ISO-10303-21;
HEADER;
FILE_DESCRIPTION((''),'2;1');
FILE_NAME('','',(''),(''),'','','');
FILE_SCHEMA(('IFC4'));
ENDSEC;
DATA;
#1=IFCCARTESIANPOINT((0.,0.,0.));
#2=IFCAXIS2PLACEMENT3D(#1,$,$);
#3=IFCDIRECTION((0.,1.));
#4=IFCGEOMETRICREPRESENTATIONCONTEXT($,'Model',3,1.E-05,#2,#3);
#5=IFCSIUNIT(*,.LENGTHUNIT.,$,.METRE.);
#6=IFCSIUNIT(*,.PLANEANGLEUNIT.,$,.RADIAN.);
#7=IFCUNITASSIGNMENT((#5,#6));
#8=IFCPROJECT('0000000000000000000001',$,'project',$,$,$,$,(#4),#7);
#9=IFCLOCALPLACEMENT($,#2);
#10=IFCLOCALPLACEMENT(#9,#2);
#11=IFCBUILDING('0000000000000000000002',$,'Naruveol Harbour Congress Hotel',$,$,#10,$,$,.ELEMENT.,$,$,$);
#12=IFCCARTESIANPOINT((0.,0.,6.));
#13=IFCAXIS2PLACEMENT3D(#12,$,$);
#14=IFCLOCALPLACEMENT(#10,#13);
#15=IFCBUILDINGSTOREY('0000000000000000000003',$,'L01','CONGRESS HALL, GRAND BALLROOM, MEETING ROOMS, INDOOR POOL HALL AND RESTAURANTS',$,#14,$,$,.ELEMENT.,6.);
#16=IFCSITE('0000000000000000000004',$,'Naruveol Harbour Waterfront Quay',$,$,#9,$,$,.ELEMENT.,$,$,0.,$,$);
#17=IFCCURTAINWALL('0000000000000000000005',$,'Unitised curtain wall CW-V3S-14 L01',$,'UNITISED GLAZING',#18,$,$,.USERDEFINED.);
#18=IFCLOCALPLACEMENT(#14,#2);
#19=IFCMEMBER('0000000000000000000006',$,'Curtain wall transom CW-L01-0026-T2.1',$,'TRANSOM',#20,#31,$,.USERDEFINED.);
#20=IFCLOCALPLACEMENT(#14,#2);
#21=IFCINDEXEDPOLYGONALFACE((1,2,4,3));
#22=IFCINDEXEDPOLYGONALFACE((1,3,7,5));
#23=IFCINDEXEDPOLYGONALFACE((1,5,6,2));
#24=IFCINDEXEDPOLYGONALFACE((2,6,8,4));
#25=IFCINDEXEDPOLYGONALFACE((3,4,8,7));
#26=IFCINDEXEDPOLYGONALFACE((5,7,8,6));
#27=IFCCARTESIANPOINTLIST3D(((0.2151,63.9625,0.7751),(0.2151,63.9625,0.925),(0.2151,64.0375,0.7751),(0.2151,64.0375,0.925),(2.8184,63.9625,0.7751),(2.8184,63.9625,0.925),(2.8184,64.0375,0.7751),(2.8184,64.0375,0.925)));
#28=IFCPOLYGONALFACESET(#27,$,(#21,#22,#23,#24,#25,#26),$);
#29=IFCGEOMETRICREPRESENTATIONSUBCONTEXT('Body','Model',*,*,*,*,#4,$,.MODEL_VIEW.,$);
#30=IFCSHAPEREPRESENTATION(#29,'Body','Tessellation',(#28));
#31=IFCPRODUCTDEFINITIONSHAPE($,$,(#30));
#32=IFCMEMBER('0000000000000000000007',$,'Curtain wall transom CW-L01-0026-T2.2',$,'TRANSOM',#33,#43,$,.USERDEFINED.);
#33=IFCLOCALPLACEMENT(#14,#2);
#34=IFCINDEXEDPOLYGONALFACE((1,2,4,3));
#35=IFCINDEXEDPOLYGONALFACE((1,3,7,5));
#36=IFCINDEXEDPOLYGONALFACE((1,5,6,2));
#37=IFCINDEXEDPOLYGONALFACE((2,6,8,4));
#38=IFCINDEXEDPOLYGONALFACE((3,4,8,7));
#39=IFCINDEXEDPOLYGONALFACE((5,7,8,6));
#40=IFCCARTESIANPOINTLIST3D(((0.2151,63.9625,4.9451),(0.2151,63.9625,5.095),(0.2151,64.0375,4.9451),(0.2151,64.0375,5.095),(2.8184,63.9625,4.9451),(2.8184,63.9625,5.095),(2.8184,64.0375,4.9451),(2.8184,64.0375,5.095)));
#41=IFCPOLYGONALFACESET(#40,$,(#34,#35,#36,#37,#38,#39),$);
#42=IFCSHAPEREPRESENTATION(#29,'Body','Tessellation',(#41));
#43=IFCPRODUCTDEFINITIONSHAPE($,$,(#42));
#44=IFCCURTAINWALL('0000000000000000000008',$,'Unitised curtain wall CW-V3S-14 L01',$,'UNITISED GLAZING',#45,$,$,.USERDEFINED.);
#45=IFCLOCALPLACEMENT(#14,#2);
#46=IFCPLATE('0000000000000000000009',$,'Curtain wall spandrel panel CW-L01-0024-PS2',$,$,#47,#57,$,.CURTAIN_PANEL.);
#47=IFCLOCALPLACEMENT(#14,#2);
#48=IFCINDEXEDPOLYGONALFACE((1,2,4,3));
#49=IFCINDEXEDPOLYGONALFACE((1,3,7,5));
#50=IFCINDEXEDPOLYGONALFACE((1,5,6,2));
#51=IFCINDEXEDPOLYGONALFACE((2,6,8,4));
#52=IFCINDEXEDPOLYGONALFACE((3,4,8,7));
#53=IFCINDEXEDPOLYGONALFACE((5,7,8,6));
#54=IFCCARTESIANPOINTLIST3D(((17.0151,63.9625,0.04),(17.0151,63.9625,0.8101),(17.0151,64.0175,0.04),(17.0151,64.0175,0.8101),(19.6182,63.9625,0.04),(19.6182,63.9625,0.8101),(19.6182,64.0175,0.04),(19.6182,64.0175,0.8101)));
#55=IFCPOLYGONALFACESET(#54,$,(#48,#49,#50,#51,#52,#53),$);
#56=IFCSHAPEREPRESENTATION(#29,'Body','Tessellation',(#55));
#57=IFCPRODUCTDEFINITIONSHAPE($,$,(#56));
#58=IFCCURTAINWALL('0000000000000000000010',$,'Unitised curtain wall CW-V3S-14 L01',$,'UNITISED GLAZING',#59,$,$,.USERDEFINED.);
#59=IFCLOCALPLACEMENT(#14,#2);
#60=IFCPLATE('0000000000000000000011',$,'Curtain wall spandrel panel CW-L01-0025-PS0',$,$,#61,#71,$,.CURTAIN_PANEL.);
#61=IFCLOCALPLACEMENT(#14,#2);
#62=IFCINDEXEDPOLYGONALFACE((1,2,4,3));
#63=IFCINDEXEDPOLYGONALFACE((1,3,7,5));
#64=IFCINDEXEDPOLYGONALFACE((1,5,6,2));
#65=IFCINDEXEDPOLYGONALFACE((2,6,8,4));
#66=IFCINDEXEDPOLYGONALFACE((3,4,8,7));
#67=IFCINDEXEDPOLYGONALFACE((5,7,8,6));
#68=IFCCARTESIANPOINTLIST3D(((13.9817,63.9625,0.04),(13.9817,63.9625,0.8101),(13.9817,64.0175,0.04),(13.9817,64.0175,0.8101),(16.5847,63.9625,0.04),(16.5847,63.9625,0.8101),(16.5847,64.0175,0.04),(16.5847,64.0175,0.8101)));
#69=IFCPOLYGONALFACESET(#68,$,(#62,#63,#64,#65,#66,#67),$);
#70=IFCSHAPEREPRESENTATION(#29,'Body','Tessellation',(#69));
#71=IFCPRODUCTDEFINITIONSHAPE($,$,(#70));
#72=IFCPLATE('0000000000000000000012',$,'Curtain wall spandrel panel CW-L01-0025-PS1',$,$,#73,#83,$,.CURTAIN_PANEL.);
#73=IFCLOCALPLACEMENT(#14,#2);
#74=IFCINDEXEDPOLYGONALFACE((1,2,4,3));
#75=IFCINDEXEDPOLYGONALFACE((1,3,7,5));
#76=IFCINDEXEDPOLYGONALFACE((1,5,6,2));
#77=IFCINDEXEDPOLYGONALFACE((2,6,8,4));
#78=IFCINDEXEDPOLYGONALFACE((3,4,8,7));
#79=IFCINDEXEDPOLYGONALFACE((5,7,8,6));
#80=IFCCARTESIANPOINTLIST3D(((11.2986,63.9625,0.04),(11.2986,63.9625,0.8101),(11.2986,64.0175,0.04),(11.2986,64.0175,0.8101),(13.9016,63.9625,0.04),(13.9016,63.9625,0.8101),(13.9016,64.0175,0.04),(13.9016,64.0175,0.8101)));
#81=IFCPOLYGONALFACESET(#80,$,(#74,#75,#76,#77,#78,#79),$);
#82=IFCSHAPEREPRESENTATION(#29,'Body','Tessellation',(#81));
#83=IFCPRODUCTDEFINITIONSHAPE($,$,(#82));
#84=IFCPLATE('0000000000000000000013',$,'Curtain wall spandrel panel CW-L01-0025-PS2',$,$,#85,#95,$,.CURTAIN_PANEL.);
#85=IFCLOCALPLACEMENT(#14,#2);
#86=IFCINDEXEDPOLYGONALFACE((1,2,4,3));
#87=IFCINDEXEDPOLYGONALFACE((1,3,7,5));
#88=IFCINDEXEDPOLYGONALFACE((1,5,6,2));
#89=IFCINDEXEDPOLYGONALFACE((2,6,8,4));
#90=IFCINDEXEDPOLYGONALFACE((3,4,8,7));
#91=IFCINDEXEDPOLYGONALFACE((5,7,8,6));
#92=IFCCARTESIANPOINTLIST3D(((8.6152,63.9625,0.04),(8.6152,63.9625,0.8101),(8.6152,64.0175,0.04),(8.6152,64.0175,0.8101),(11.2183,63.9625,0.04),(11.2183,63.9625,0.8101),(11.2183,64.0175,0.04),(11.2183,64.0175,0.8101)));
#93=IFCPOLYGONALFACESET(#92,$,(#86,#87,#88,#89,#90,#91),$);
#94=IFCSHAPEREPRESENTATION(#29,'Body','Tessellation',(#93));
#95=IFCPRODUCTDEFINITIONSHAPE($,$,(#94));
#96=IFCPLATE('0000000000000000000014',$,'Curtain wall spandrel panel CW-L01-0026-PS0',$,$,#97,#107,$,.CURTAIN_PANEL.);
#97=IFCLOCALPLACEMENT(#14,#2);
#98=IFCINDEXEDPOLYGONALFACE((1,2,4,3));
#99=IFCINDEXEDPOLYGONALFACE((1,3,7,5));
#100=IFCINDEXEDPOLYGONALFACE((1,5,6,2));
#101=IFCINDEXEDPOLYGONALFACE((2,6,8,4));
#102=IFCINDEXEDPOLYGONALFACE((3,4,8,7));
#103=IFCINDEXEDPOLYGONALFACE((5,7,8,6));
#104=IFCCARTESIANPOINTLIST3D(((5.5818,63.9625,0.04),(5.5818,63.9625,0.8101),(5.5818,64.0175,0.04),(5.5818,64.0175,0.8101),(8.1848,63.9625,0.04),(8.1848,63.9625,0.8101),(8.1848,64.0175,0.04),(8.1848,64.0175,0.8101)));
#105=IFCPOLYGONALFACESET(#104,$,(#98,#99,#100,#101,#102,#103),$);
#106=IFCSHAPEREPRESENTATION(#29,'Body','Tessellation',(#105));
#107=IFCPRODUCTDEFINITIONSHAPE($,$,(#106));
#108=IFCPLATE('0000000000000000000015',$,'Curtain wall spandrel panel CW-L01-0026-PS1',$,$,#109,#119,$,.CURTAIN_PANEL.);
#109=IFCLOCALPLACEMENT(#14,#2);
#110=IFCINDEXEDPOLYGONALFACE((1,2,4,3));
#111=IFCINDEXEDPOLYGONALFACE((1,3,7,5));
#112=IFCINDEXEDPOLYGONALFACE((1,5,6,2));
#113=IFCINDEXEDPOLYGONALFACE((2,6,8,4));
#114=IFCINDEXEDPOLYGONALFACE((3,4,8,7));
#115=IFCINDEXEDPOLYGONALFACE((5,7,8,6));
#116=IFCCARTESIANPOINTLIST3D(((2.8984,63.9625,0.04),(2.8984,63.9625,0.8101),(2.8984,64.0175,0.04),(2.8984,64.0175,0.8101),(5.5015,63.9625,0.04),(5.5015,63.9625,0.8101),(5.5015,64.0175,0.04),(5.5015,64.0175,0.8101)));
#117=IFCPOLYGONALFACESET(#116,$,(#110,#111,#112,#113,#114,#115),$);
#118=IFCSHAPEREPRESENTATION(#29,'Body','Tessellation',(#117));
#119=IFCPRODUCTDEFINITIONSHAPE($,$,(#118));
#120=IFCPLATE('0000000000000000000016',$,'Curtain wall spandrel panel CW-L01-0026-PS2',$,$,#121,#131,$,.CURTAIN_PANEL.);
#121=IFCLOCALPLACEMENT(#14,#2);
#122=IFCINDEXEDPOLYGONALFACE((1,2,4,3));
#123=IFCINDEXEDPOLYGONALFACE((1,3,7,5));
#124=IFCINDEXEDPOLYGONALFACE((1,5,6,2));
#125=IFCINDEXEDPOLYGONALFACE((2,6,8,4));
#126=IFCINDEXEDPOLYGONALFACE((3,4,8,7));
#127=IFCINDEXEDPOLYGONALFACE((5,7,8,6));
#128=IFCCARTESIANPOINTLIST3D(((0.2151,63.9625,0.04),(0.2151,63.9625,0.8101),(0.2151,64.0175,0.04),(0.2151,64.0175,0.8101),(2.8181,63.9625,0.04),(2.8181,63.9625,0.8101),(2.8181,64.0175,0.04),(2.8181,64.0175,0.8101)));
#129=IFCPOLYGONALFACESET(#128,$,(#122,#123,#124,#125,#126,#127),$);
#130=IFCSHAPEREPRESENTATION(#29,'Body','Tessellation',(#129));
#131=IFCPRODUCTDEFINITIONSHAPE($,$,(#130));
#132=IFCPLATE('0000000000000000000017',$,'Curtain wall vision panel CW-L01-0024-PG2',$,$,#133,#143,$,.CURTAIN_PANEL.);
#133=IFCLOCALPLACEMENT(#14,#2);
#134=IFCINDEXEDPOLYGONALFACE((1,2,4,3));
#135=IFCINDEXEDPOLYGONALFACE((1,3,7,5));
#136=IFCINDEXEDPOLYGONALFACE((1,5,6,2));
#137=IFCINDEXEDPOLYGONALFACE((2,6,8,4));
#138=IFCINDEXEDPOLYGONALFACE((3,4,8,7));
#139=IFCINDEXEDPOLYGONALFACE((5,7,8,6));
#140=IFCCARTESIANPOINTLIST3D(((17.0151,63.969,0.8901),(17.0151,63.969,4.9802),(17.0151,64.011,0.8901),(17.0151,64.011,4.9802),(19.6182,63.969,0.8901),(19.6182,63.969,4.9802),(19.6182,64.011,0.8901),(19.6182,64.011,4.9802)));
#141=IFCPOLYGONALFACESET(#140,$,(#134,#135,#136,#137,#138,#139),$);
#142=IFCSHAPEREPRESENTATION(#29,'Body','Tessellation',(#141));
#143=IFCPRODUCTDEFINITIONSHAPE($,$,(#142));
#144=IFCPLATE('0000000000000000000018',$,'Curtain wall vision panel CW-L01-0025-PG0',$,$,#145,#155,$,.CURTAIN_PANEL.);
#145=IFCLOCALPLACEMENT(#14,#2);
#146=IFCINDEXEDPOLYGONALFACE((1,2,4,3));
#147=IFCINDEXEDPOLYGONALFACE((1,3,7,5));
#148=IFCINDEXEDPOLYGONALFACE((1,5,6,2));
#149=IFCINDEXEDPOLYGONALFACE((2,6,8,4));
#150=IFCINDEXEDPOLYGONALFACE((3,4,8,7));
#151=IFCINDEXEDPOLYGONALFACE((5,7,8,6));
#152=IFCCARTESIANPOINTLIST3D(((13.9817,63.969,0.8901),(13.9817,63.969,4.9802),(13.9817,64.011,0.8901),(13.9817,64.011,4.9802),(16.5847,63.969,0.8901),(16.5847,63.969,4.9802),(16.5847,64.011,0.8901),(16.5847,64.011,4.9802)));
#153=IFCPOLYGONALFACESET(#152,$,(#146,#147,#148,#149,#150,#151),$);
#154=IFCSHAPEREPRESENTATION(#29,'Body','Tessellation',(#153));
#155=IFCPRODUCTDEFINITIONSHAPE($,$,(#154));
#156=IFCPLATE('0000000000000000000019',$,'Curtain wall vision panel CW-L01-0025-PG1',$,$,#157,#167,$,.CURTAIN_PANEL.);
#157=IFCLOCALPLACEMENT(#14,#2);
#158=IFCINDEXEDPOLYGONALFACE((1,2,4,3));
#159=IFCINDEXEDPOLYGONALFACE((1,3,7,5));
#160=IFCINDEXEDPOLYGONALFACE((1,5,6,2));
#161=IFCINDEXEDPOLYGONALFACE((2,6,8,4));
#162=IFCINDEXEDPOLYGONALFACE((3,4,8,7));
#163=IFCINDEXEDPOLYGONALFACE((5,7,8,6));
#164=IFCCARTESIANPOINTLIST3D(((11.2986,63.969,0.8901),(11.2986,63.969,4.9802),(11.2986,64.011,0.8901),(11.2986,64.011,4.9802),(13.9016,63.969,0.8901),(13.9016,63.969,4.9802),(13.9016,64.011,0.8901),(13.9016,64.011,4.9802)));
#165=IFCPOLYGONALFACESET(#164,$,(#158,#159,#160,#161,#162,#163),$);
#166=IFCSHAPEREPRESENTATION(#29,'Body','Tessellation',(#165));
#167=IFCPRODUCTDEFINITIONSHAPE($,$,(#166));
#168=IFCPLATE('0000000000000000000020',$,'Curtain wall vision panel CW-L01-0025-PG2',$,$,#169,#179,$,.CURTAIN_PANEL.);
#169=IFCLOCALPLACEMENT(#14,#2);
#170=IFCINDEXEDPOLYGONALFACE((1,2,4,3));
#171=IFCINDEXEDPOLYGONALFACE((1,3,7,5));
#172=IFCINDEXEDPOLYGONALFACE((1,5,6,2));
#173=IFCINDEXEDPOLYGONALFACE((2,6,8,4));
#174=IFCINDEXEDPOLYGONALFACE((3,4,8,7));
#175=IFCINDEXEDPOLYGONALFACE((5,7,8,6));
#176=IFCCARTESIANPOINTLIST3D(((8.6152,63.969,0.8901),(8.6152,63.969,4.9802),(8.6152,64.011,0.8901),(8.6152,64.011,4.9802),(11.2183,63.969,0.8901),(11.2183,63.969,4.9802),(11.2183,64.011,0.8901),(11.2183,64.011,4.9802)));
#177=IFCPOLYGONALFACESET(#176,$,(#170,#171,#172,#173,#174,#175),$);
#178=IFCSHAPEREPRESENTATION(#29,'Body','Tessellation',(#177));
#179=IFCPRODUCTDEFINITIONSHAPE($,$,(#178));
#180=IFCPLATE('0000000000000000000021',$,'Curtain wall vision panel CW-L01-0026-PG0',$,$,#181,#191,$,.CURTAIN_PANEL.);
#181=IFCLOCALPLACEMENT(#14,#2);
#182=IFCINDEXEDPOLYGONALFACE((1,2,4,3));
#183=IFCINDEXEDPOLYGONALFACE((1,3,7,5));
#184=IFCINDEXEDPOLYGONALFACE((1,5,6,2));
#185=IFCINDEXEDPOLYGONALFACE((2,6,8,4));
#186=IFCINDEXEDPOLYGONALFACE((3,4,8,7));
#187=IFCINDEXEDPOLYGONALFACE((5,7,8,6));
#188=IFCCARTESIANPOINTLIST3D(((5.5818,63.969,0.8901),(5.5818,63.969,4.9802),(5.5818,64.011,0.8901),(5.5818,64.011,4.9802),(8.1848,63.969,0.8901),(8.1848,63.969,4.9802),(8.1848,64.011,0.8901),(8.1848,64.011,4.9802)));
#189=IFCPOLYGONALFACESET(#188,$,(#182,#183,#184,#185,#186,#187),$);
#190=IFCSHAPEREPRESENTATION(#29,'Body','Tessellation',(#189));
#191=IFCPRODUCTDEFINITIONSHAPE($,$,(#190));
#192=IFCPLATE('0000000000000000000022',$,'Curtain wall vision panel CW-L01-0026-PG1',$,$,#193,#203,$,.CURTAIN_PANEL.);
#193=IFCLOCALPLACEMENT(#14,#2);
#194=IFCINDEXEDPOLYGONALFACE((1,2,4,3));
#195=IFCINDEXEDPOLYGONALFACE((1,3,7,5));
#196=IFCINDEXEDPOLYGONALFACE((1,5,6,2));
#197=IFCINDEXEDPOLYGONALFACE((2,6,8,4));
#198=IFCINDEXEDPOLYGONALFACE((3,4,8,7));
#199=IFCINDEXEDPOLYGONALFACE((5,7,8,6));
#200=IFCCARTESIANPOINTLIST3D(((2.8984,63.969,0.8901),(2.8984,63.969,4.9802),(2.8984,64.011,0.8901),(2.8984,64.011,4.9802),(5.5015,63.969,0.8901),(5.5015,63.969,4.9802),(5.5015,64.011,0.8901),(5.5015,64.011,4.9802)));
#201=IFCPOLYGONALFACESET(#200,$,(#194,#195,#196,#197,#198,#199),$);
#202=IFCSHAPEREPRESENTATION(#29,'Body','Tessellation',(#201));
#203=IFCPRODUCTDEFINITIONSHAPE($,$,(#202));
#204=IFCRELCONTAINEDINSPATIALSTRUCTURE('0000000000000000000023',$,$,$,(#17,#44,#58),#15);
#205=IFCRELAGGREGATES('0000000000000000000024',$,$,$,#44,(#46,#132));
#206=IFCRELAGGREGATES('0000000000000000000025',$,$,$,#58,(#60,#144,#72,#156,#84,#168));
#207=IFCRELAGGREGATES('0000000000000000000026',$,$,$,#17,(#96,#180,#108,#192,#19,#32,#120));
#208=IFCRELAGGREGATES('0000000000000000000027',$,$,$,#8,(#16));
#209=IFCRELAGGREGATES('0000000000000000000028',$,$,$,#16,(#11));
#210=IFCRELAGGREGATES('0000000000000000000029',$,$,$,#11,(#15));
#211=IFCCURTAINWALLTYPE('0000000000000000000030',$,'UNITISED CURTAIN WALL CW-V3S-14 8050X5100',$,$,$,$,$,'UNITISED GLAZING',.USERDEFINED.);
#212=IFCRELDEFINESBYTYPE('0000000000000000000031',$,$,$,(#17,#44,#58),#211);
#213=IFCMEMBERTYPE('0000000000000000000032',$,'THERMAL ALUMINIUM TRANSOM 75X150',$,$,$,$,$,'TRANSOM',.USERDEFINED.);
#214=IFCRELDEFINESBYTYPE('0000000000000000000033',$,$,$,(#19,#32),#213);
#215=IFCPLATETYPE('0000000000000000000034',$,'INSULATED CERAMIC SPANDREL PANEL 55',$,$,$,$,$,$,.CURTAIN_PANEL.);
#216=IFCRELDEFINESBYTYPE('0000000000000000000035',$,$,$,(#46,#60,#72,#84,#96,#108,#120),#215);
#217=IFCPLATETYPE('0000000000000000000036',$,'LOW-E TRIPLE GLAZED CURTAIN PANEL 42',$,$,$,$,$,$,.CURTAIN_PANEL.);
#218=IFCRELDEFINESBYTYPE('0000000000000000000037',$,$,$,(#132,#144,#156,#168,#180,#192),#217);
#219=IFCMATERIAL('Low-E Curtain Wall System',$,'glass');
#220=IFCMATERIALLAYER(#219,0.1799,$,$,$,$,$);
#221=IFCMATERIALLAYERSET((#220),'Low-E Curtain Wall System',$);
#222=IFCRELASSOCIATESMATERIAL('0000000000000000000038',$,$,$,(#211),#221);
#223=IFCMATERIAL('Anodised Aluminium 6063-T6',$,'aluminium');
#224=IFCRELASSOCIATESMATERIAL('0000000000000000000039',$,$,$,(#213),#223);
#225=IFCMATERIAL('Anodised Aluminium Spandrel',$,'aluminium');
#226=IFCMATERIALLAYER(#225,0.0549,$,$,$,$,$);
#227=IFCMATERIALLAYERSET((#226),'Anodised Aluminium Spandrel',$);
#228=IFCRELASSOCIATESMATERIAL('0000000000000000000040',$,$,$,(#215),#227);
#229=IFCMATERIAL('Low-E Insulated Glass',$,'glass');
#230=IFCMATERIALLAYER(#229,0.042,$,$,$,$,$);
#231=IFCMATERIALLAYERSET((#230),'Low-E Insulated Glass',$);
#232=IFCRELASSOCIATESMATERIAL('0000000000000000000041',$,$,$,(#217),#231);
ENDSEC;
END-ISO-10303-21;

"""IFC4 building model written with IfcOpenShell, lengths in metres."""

from ifc_helpers import new_model, si_unit, direction, frame, origin, origin_2d, place, context, subcontext, project, spatial, rectangle, extrude, material, layer, layer_set, material_profile, profile_set, type_object, element, aggregate, save


model = new_model("IFC4")

# Units and contexts
model_context = context("Model", 3, precision=1e-05, world=origin(), true_north=direction((0.0, 1.0)))
body_context = subcontext(model_context, "Body", "Model", "MODEL_VIEW")
ifc_project = project(units=[si_unit("LENGTHUNIT", "METRE"), si_unit("PLANEANGLEUNIT", "RADIAN")], contexts=[model_context])

# Site, building, storey
site_placement = place(None, origin())
site = spatial("IfcSite", under=ifc_project, at=site_placement, Name="Naruveol Harbour Waterfront Quay", CompositionType="ELEMENT", RefElevation=0.0)
building_placement = place(site_placement, origin())
building = spatial("IfcBuilding", under=site, at=building_placement, Name="Naruveol Harbour Congress Hotel", CompositionType="ELEMENT")
storey_placement = place(building_placement, frame((0.0, 0.0, 6.0)))
storey = spatial("IfcBuildingStorey", under=building, at=storey_placement, Name="L01", Description="CONGRESS HALL, GRAND BALLROOM, MEETING ROOMS, INDOOR POOL HALL AND RESTAURANTS", CompositionType="ELEMENT", Elevation=6.0)

# Curtain wall, members
ifc_material_1 = material(Name="Low-E Curtain Wall System", Category="glass")
ifc_layer_1 = layer(ifc_material_1, 0.1799)
ifc_layer_set_1 = layer_set([ifc_layer_1], Name="Low-E Curtain Wall System")
curtain_wall_type = type_object("IfcCurtainWallType", Name="UNITISED CURTAIN WALL CW-V3S-14 8050X5100", ElementType="UNITISED GLAZING", PredefinedType="USERDEFINED", material=ifc_layer_set_1)
curtain_wall_1_placement = place(storey_placement, origin())
curtain_wall_1 = element("IfcCurtainWall", 1, at=curtain_wall_1_placement, inside=storey, type_object=curtain_wall_type, Name="Unitised curtain wall CW-V3S-14 L01", ObjectType="UNITISED GLAZING", PredefinedType="USERDEFINED")
ifc_material_2 = material(Name="Anodised Aluminium 6063-T6", Category="aluminium")
ifc_material_profile_1 = material_profile(ifc_material_2, rectangle(XDim=0.075, YDim=0.1499, at=origin_2d()), Name="ALU-75x150")
ifc_profile_set_1 = profile_set([ifc_material_profile_1], Name="Anodised Aluminium 6063-T6")
member_type_1 = type_object("IfcMemberType", Name="THERMAL ALUMINIUM TRANSOM 75X150", ElementType="TRANSOM", PredefinedType="USERDEFINED", material=ifc_profile_set_1)
member_1_placement = place(storey_placement, frame((2.8184, 64.0, 0.8501), z_axis=(-1.0, 0.0, 0.0), x_axis=(0.0, -1.0, 0.0)))
member_1 = element("IfcMember", 2, at=member_1_placement, type_object=member_type_1, Name="Curtain wall transom CW-L01-0026-T2.1", ObjectType="TRANSOM", PredefinedType="USERDEFINED", context=body_context, shape_type="SweptSolid", body=[
    extrude(rectangle(XDim=0.075, YDim=0.1499, at=origin_2d()), origin(), (0.0, 0.0, 1.0), 2.6033),
])
member_2_placement = place(storey_placement, frame((2.8184, 64.0, 5.02), z_axis=(-1.0, 0.0, 0.0), x_axis=(0.0, -1.0, 0.0)))
member_2 = element("IfcMember", 3, at=member_2_placement, type_object=member_type_1, Name="Curtain wall transom CW-L01-0026-T2.2", ObjectType="TRANSOM", PredefinedType="USERDEFINED", context=body_context, shape_type="SweptSolid", body=[
    extrude(rectangle(XDim=0.075, YDim=0.1499, at=origin_2d()), origin(), (0.0, 0.0, 1.0), 2.6033),
])

# Curtain wall, plate
curtain_wall_2_placement = place(storey_placement, origin())
curtain_wall_2 = element("IfcCurtainWall", 4, at=curtain_wall_2_placement, inside=storey, type_object=curtain_wall_type, Name="Unitised curtain wall CW-V3S-14 L01", ObjectType="UNITISED GLAZING", PredefinedType="USERDEFINED")
ifc_material_3 = material(Name="Anodised Aluminium Spandrel", Category="aluminium")
ifc_layer_2 = layer(ifc_material_3, 0.0549)
ifc_layer_set_2 = layer_set([ifc_layer_2], Name="Anodised Aluminium Spandrel")
plate_type_1 = type_object("IfcPlateType", Name="INSULATED CERAMIC SPANDREL PANEL 55", PredefinedType="CURTAIN_PANEL", material=ifc_layer_set_2)
plate_1_placement = place(storey_placement, frame((18.3167, 63.99, 0.04), z_axis=(0.0, 0.0, 1.0), x_axis=(-1.0, 0.0, 0.0)))
plate_1 = element("IfcPlate", 5, at=plate_1_placement, type_object=plate_type_1, Name="Curtain wall spandrel panel CW-L01-0024-PS2", PredefinedType="CURTAIN_PANEL", context=body_context, shape_type="SweptSolid", body=[
    extrude(rectangle(XDim=2.603, YDim=0.0549, at=origin_2d()), origin(), (0.0, 0.0, 1.0), 0.77),
])

# Curtain wall, plates
curtain_wall_3_placement = place(storey_placement, origin())
curtain_wall_3 = element("IfcCurtainWall", 6, at=curtain_wall_3_placement, inside=storey, type_object=curtain_wall_type, Name="Unitised curtain wall CW-V3S-14 L01", ObjectType="UNITISED GLAZING", PredefinedType="USERDEFINED")
plate_2_placement = place(storey_placement, frame((15.2832, 63.99, 0.04), z_axis=(0.0, 0.0, 1.0), x_axis=(-1.0, 0.0, 0.0)))
plate_2 = element("IfcPlate", 7, at=plate_2_placement, type_object=plate_type_1, Name="Curtain wall spandrel panel CW-L01-0025-PS0", PredefinedType="CURTAIN_PANEL", context=body_context, shape_type="SweptSolid", body=[
    extrude(rectangle(XDim=2.603, YDim=0.0549, at=origin_2d()), origin(), (0.0, 0.0, 1.0), 0.77),
])
plate_3_placement = place(storey_placement, frame((12.6001, 63.99, 0.04), z_axis=(0.0, 0.0, 1.0), x_axis=(-1.0, 0.0, 0.0)))
plate_3 = element("IfcPlate", 8, at=plate_3_placement, type_object=plate_type_1, Name="Curtain wall spandrel panel CW-L01-0025-PS1", PredefinedType="CURTAIN_PANEL", context=body_context, shape_type="SweptSolid", body=[
    extrude(rectangle(XDim=2.603, YDim=0.0549, at=origin_2d()), origin(), (0.0, 0.0, 1.0), 0.77),
])
plate_4_placement = place(storey_placement, frame((9.9167, 63.99, 0.04), z_axis=(0.0, 0.0, 1.0), x_axis=(-1.0, 0.0, 0.0)))
plate_4 = element("IfcPlate", 9, at=plate_4_placement, type_object=plate_type_1, Name="Curtain wall spandrel panel CW-L01-0025-PS2", PredefinedType="CURTAIN_PANEL", context=body_context, shape_type="SweptSolid", body=[
    extrude(rectangle(XDim=2.603, YDim=0.0549, at=origin_2d()), origin(), (0.0, 0.0, 1.0), 0.77),
])

# Plates
plate_5_placement = place(storey_placement, frame((6.8833, 63.99, 0.04), z_axis=(0.0, 0.0, 1.0), x_axis=(-1.0, 0.0, 0.0)))
plate_5 = element("IfcPlate", 10, at=plate_5_placement, type_object=plate_type_1, Name="Curtain wall spandrel panel CW-L01-0026-PS0", PredefinedType="CURTAIN_PANEL", context=body_context, shape_type="SweptSolid", body=[
    extrude(rectangle(XDim=2.603, YDim=0.0549, at=origin_2d()), origin(), (0.0, 0.0, 1.0), 0.77),
])
plate_6_placement = place(storey_placement, frame((4.2, 63.99, 0.04), z_axis=(0.0, 0.0, 1.0), x_axis=(-1.0, 0.0, 0.0)))
plate_6 = element("IfcPlate", 11, at=plate_6_placement, type_object=plate_type_1, Name="Curtain wall spandrel panel CW-L01-0026-PS1", PredefinedType="CURTAIN_PANEL", context=body_context, shape_type="SweptSolid", body=[
    extrude(rectangle(XDim=2.603, YDim=0.0549, at=origin_2d()), origin(), (0.0, 0.0, 1.0), 0.77),
])
plate_7_placement = place(storey_placement, frame((1.5166, 63.99, 0.04), z_axis=(0.0, 0.0, 1.0), x_axis=(-1.0, 0.0, 0.0)))
plate_7 = element("IfcPlate", 12, at=plate_7_placement, type_object=plate_type_1, Name="Curtain wall spandrel panel CW-L01-0026-PS2", PredefinedType="CURTAIN_PANEL", context=body_context, shape_type="SweptSolid", body=[
    extrude(rectangle(XDim=2.603, YDim=0.0549, at=origin_2d()), origin(), (0.0, 0.0, 1.0), 0.77),
])
ifc_material_4 = material(Name="Low-E Insulated Glass", Category="glass")
ifc_layer_3 = layer(ifc_material_4, 0.042)
ifc_layer_set_3 = layer_set([ifc_layer_3], Name="Low-E Insulated Glass")
plate_type_2 = type_object("IfcPlateType", Name="LOW-E TRIPLE GLAZED CURTAIN PANEL 42", PredefinedType="CURTAIN_PANEL", material=ifc_layer_set_3)
plate_8_placement = place(storey_placement, frame((18.3167, 63.99, 0.8901), z_axis=(0.0, 0.0, 1.0), x_axis=(-1.0, 0.0, 0.0)))
plate_8 = element("IfcPlate", 13, at=plate_8_placement, type_object=plate_type_2, Name="Curtain wall vision panel CW-L01-0024-PG2", PredefinedType="CURTAIN_PANEL", context=body_context, shape_type="SweptSolid", body=[
    extrude(rectangle(XDim=2.603, YDim=0.042, at=origin_2d()), origin(), (0.0, 0.0, 1.0), 4.0901),
])
aggregate(curtain_wall_2, [plate_1, plate_8])
plate_9_placement = place(storey_placement, frame((15.2832, 63.99, 0.8901), z_axis=(0.0, 0.0, 1.0), x_axis=(-1.0, 0.0, 0.0)))
plate_9 = element("IfcPlate", 14, at=plate_9_placement, type_object=plate_type_2, Name="Curtain wall vision panel CW-L01-0025-PG0", PredefinedType="CURTAIN_PANEL", context=body_context, shape_type="SweptSolid", body=[
    extrude(rectangle(XDim=2.603, YDim=0.042, at=origin_2d()), origin(), (0.0, 0.0, 1.0), 4.0901),
])
plate_10_placement = place(storey_placement, frame((12.6001, 63.99, 0.8901), z_axis=(0.0, 0.0, 1.0), x_axis=(-1.0, 0.0, 0.0)))
plate_10 = element("IfcPlate", 15, at=plate_10_placement, type_object=plate_type_2, Name="Curtain wall vision panel CW-L01-0025-PG1", PredefinedType="CURTAIN_PANEL", context=body_context, shape_type="SweptSolid", body=[
    extrude(rectangle(XDim=2.603, YDim=0.042, at=origin_2d()), origin(), (0.0, 0.0, 1.0), 4.0901),
])
plate_11_placement = place(storey_placement, frame((9.9167, 63.99, 0.8901), z_axis=(0.0, 0.0, 1.0), x_axis=(-1.0, 0.0, 0.0)))
plate_11 = element("IfcPlate", 16, at=plate_11_placement, type_object=plate_type_2, Name="Curtain wall vision panel CW-L01-0025-PG2", PredefinedType="CURTAIN_PANEL", context=body_context, shape_type="SweptSolid", body=[
    extrude(rectangle(XDim=2.603, YDim=0.042, at=origin_2d()), origin(), (0.0, 0.0, 1.0), 4.0901),
])
aggregate(curtain_wall_3, [plate_2, plate_9, plate_3, plate_10, plate_4, plate_11])
plate_12_placement = place(storey_placement, frame((6.8833, 63.99, 0.8901), z_axis=(0.0, 0.0, 1.0), x_axis=(-1.0, 0.0, 0.0)))
plate_12 = element("IfcPlate", 17, at=plate_12_placement, type_object=plate_type_2, Name="Curtain wall vision panel CW-L01-0026-PG0", PredefinedType="CURTAIN_PANEL", context=body_context, shape_type="SweptSolid", body=[
    extrude(rectangle(XDim=2.603, YDim=0.042, at=origin_2d()), origin(), (0.0, 0.0, 1.0), 4.0901),
])
plate_13_placement = place(storey_placement, frame((4.2, 63.99, 0.8901), z_axis=(0.0, 0.0, 1.0), x_axis=(-1.0, 0.0, 0.0)))
plate_13 = element("IfcPlate", 18, at=plate_13_placement, type_object=plate_type_2, Name="Curtain wall vision panel CW-L01-0026-PG1", PredefinedType="CURTAIN_PANEL", context=body_context, shape_type="SweptSolid", body=[
    extrude(rectangle(XDim=2.603, YDim=0.042, at=origin_2d()), origin(), (0.0, 0.0, 1.0), 4.0901),
])
aggregate(curtain_wall_1, [plate_5, plate_12, plate_6, plate_13, member_1, member_2, plate_7])

save(model, "model.ifc")
